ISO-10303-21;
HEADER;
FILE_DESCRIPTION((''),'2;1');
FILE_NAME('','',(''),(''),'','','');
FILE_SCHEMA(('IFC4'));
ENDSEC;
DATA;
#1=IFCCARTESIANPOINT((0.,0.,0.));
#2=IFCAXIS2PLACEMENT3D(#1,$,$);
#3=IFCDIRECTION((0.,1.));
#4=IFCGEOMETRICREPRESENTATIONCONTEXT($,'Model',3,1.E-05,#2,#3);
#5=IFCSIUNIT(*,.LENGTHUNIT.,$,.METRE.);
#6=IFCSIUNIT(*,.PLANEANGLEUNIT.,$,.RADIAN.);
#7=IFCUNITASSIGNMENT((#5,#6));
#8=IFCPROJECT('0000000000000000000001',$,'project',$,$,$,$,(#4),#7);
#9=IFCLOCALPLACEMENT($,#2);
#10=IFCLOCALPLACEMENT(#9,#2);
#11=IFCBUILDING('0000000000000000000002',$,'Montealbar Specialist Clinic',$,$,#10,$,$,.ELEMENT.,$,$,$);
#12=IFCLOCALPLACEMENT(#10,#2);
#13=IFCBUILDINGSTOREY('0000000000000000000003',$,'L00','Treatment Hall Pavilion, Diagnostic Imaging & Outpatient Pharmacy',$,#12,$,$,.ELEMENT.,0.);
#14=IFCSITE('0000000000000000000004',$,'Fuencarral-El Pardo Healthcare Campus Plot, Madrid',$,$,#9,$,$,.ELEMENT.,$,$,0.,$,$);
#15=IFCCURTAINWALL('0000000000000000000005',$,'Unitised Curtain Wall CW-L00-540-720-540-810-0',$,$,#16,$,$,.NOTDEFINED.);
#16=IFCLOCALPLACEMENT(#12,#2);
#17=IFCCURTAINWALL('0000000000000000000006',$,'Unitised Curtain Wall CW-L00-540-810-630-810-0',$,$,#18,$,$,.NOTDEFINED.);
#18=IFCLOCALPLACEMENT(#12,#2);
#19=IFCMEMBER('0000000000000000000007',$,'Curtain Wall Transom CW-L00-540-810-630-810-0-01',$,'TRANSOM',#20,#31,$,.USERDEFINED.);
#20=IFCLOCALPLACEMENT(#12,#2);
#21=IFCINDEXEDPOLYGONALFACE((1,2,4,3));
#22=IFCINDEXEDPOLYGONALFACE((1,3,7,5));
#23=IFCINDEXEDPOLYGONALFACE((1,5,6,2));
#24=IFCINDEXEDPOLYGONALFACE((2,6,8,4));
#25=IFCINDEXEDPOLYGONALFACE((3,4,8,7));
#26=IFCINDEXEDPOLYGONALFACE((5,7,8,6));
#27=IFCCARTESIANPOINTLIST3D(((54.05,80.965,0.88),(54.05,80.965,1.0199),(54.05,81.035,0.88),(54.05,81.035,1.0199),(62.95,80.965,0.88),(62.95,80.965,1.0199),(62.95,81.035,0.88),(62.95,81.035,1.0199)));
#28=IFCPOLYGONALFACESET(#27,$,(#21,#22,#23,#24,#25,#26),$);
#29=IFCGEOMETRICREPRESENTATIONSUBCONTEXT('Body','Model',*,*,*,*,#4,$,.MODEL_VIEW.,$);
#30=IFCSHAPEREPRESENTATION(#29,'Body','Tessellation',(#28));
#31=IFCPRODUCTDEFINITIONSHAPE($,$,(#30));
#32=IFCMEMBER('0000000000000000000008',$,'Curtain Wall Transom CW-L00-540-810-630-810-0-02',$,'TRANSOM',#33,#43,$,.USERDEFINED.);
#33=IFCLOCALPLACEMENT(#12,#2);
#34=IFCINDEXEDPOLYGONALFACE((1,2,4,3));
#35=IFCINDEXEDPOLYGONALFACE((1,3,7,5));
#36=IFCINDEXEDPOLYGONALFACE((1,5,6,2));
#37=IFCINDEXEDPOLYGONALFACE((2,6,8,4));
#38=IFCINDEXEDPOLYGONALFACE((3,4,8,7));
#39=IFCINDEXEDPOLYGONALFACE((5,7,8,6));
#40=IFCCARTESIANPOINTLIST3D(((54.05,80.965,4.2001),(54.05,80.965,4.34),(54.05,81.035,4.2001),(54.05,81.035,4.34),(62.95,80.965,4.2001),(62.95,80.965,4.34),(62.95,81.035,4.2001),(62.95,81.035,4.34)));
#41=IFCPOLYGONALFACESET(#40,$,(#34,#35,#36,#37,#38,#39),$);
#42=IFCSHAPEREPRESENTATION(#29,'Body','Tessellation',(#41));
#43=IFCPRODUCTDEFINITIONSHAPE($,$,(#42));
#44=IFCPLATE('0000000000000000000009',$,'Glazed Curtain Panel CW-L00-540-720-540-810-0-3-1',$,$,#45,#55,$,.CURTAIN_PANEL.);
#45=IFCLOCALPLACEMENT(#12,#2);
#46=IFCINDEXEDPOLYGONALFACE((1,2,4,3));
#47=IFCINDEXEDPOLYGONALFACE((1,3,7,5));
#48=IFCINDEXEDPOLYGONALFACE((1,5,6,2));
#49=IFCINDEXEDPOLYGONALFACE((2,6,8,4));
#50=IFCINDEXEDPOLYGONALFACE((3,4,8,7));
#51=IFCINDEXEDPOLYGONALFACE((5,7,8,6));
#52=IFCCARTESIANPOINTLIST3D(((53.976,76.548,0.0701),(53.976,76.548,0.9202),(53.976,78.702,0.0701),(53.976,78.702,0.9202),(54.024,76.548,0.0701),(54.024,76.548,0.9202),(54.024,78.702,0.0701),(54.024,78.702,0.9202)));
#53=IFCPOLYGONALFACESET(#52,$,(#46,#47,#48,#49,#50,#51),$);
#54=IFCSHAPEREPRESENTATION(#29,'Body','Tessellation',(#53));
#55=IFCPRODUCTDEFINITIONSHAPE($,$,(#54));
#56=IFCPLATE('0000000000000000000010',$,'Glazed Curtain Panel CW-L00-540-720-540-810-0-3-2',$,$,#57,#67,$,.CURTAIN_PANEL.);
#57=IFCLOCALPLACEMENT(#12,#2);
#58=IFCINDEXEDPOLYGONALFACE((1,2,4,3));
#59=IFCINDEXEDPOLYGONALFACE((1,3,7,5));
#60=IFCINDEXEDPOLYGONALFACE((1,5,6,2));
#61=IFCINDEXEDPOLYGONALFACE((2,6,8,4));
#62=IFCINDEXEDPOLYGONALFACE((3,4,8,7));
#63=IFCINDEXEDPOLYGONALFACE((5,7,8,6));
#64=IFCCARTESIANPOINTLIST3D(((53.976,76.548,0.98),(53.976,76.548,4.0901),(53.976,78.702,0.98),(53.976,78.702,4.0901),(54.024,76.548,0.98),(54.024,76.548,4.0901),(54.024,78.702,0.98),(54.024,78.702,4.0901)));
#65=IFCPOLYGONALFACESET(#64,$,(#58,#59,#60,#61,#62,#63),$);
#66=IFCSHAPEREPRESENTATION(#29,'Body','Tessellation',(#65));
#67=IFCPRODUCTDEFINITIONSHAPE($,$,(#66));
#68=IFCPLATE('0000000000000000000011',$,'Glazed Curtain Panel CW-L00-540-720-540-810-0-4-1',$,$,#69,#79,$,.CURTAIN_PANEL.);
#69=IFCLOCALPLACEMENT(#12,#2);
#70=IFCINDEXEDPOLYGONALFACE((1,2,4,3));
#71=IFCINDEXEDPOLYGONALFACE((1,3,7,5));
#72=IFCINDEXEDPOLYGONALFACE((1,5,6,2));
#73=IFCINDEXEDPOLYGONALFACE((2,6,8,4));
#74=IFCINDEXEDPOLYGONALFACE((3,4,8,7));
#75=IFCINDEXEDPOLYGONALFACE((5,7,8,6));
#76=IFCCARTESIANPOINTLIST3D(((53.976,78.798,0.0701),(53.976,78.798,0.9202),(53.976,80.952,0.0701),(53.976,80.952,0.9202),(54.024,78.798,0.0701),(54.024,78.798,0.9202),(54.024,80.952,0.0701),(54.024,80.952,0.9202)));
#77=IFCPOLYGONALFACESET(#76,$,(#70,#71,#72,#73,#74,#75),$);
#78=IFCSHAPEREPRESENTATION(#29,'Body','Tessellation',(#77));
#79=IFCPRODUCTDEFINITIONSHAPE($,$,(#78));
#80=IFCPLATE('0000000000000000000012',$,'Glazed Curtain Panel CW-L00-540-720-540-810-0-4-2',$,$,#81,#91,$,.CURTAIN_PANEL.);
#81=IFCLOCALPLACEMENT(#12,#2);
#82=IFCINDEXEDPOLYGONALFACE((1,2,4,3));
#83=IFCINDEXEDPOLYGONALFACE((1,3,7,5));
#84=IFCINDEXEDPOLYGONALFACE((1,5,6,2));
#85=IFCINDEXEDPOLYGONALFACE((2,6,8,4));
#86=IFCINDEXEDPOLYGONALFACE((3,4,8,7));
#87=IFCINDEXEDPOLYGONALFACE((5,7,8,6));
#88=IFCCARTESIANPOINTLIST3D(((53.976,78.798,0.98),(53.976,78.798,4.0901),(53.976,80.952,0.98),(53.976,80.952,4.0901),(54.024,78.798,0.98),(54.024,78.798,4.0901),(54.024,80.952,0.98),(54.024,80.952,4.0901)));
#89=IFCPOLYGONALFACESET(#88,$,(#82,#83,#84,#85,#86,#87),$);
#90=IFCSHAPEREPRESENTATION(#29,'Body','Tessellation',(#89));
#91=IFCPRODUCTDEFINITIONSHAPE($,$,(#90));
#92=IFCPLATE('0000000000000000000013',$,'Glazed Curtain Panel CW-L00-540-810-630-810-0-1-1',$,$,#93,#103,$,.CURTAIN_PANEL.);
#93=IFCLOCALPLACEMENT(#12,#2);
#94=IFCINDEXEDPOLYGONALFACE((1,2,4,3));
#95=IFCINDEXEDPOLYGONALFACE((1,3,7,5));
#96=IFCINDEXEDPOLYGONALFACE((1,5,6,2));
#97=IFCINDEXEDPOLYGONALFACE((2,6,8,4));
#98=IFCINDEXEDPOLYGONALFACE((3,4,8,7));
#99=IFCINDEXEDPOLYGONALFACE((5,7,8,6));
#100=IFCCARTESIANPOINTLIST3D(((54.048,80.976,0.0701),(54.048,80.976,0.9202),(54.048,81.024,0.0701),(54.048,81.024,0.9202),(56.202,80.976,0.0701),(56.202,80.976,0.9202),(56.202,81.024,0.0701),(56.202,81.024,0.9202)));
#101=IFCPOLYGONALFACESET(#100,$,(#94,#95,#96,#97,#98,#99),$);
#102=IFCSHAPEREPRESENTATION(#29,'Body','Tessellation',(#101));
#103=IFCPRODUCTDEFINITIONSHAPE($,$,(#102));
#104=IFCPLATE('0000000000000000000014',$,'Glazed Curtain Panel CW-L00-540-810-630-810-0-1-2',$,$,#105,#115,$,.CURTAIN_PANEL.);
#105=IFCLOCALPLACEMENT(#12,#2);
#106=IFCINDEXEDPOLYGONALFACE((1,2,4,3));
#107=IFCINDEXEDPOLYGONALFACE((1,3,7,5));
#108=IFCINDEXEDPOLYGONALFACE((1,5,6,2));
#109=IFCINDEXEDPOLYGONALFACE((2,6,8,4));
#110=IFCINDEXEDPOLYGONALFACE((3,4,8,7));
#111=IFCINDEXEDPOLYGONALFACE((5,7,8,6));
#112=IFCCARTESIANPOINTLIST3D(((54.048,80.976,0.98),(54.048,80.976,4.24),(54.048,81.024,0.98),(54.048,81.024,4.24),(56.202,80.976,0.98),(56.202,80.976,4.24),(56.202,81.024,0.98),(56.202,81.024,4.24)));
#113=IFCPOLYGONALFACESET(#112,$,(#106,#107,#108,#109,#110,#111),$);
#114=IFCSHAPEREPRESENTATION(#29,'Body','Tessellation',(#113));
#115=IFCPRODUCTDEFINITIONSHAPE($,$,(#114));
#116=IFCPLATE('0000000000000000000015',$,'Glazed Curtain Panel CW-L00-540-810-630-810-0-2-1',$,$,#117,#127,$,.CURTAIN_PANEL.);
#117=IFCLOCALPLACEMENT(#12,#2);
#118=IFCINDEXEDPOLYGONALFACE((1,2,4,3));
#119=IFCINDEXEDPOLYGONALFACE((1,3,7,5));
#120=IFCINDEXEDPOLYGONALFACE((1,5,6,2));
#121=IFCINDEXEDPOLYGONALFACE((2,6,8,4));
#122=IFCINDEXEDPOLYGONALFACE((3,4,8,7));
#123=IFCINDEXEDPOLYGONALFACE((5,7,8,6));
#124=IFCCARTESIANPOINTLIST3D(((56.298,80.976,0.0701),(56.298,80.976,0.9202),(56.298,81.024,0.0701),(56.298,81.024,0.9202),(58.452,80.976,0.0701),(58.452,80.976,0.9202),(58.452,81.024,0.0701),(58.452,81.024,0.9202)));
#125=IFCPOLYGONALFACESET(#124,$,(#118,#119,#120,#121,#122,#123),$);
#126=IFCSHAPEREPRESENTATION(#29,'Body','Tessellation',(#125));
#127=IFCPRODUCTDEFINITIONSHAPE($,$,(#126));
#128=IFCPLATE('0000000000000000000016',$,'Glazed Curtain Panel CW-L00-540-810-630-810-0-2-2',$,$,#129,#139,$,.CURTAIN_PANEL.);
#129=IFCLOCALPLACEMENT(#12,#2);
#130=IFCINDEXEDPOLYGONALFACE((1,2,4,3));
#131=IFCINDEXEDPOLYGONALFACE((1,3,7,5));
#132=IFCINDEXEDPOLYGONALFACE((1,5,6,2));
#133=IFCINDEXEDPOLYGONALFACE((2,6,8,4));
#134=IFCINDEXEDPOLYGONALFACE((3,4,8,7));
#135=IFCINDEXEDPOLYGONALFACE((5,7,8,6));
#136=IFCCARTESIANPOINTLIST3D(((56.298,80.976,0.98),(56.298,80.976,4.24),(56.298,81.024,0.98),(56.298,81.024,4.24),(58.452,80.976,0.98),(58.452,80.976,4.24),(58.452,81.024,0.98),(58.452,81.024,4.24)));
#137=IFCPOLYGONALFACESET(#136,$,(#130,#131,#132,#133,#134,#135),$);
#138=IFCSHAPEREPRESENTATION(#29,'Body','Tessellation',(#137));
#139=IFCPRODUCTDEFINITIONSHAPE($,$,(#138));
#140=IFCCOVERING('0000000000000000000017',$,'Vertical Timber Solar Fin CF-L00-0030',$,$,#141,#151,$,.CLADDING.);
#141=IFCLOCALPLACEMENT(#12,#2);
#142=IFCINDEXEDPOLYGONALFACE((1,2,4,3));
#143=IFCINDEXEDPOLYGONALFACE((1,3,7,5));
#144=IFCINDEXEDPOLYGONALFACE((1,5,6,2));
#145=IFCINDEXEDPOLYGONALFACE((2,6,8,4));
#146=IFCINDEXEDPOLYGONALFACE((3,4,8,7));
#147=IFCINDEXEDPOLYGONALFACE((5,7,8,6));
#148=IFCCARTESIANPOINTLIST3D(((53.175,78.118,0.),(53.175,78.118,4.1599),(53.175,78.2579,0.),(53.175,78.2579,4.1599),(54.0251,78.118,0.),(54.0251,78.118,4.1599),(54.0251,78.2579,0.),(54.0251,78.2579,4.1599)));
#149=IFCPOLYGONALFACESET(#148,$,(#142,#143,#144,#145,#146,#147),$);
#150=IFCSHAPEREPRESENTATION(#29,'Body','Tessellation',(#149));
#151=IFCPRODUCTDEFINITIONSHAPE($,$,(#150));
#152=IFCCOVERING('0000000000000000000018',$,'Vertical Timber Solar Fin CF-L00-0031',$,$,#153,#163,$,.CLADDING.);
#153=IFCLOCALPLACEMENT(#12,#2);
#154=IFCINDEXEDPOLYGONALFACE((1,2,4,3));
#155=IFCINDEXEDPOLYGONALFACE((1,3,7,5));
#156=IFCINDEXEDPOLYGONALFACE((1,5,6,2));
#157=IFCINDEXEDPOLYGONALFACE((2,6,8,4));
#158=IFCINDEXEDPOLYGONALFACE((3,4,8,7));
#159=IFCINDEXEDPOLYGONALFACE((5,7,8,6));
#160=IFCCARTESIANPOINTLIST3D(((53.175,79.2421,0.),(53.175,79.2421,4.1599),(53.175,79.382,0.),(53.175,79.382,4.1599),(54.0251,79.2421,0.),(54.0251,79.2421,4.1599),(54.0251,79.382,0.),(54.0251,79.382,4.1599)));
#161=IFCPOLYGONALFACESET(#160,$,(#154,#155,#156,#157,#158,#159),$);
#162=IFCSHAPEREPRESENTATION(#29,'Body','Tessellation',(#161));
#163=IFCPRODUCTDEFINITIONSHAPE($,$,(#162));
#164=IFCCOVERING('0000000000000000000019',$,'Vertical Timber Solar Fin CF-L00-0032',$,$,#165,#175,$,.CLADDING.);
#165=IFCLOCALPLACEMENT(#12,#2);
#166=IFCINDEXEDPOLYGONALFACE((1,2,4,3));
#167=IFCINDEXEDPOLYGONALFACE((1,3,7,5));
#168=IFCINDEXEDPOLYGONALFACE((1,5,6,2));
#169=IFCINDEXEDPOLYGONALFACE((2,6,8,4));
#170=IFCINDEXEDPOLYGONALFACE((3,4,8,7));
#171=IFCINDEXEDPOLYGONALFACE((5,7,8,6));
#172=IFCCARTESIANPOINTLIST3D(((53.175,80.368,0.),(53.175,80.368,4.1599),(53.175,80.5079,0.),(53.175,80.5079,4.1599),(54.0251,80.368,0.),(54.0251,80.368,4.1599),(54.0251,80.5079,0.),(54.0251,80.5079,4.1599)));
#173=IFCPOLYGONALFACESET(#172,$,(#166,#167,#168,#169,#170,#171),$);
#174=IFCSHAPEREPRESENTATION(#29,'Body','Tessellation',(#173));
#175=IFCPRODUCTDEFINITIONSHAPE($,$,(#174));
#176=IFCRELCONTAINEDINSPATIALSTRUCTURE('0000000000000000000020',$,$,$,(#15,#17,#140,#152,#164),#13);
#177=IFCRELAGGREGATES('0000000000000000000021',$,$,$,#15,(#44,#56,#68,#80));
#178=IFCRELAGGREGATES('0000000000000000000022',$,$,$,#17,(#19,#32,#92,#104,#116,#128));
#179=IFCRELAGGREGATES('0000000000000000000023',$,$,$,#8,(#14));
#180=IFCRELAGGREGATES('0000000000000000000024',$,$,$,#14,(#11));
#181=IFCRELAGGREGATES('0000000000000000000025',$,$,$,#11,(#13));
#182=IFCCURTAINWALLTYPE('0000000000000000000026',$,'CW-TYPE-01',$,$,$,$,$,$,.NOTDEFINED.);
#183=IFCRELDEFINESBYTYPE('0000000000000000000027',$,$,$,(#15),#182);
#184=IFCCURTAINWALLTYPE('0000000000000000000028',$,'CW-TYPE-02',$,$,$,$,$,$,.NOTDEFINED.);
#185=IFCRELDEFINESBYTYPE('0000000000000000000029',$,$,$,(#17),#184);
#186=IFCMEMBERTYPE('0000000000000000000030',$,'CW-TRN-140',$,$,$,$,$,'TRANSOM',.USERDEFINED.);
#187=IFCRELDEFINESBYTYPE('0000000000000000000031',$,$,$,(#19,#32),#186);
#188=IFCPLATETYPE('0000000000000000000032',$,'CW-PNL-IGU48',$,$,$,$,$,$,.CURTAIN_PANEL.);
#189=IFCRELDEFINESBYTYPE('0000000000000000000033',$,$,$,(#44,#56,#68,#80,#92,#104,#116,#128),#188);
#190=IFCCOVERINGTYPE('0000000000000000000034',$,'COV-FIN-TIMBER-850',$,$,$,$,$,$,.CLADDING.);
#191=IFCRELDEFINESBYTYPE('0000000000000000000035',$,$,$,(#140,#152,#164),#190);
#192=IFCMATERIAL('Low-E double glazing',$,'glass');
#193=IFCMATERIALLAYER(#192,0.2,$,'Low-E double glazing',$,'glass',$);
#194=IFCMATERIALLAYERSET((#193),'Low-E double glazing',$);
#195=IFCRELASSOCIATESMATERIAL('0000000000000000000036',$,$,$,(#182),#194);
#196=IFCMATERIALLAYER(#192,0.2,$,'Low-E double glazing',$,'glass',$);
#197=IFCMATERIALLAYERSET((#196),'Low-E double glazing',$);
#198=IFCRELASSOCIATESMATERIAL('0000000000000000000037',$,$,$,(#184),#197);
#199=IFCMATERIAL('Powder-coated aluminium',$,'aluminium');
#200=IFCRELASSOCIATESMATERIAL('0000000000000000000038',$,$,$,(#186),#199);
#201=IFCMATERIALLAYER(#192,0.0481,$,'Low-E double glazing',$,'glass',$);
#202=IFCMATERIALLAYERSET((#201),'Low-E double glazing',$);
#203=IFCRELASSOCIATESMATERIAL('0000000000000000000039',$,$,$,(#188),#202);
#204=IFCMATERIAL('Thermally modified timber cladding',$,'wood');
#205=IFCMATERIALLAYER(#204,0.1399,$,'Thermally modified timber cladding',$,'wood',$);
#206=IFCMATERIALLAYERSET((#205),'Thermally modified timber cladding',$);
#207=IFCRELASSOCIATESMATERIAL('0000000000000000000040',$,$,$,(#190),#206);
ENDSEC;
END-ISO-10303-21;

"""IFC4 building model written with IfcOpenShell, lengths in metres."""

from ifc_helpers import new_model, si_unit, direction, frame, origin, origin_2d, place, context, subcontext, project, spatial, rectangle, extrude, material, layer, layer_set, material_profile, profile_set, type_object, element, aggregate, save


model = new_model("IFC4")

# Units and contexts
model_context = context("Model", 3, precision=1e-05, world=origin(), true_north=direction((0.0, 1.0)))
body_context = subcontext(model_context, "Body", "Model", "MODEL_VIEW")
ifc_project = project(units=[si_unit("LENGTHUNIT", "METRE"), si_unit("PLANEANGLEUNIT", "RADIAN")], contexts=[model_context])

# Site, building, storey
site_placement = place(None, origin())
site = spatial("IfcSite", under=ifc_project, at=site_placement, Name="Fuencarral-El Pardo Healthcare Campus Plot, Madrid", CompositionType="ELEMENT", RefElevation=0.0)
building_placement = place(site_placement, origin())
building = spatial("IfcBuilding", under=site, at=building_placement, Name="Montealbar Specialist Clinic", CompositionType="ELEMENT")
storey_placement = place(building_placement, origin())
storey = spatial("IfcBuildingStorey", under=building, at=storey_placement, Name="L00", Description="Treatment Hall Pavilion, Diagnostic Imaging & Outpatient Pharmacy", CompositionType="ELEMENT", Elevation=0.0)

# Curtain walls, members
ifc_material_1 = material(Name="Low-E double glazing", Category="glass")
ifc_layer_1 = layer(ifc_material_1, 0.2, Name="Low-E double glazing", Category="glass")
ifc_layer_set_1 = layer_set([ifc_layer_1], Name="Low-E double glazing")
curtain_wall_type_1 = type_object("IfcCurtainWallType", Name="CW-TYPE-01", PredefinedType="NOTDEFINED", material=ifc_layer_set_1)
curtain_wall_1_placement = place(storey_placement, origin())
curtain_wall_1 = element("IfcCurtainWall", 1, at=curtain_wall_1_placement, inside=storey, type_object=curtain_wall_type_1, Name="Unitised Curtain Wall CW-L00-540-720-540-810-0", PredefinedType="NOTDEFINED")
ifc_layer_2 = layer(ifc_material_1, 0.2, Name="Low-E double glazing", Category="glass")
ifc_layer_set_2 = layer_set([ifc_layer_2], Name="Low-E double glazing")
curtain_wall_type_2 = type_object("IfcCurtainWallType", Name="CW-TYPE-02", PredefinedType="NOTDEFINED", material=ifc_layer_set_2)
curtain_wall_2_placement = place(storey_placement, origin())
curtain_wall_2 = element("IfcCurtainWall", 2, at=curtain_wall_2_placement, inside=storey, type_object=curtain_wall_type_2, Name="Unitised Curtain Wall CW-L00-540-810-630-810-0", PredefinedType="NOTDEFINED")
ifc_material_2 = material(Name="Powder-coated aluminium", Category="aluminium")
ifc_material_profile_1 = material_profile(ifc_material_2, rectangle(XDim=0.0701, YDim=0.1399, at=origin_2d()), Name="ALU 70x140", Category="aluminium")
ifc_profile_set_1 = profile_set([ifc_material_profile_1], Name="Powder-coated aluminium")
member_type_1 = type_object("IfcMemberType", Name="CW-TRN-140", ElementType="TRANSOM", PredefinedType="USERDEFINED", material=ifc_profile_set_1)
member_1_placement = place(storey_placement, frame((54.05, 81.0, 0.95), z_axis=(1.0, 0.0, 0.0), x_axis=(0.0, 1.0, 0.0)))
member_1 = element("IfcMember", 3, at=member_1_placement, type_object=member_type_1, Name="Curtain Wall Transom CW-L00-540-810-630-810-0-01", ObjectType="TRANSOM", PredefinedType="USERDEFINED", context=body_context, shape_type="SweptSolid", body=[
    extrude(rectangle(XDim=0.0701, YDim=0.1399, at=origin_2d()), origin(), (0.0, 0.0, 1.0), 8.8999),
])
member_2_placement = place(storey_placement, frame((54.05, 81.0, 4.27), z_axis=(1.0, 0.0, 0.0), x_axis=(0.0, 1.0, 0.0)))
member_2 = element("IfcMember", 4, at=member_2_placement, type_object=member_type_1, Name="Curtain Wall Transom CW-L00-540-810-630-810-0-02", ObjectType="TRANSOM", PredefinedType="USERDEFINED", context=body_context, shape_type="SweptSolid", body=[
    extrude(rectangle(XDim=0.0701, YDim=0.1399, at=origin_2d()), origin(), (0.0, 0.0, 1.0), 8.8999),
])

# Plates
ifc_layer_3 = layer(ifc_material_1, 0.0481, Name="Low-E double glazing", Category="glass")
ifc_layer_set_3 = layer_set([ifc_layer_3], Name="Low-E double glazing")
plate_type = type_object("IfcPlateType", Name="CW-PNL-IGU48", PredefinedType="CURTAIN_PANEL", material=ifc_layer_set_3)
plate_1_placement = place(storey_placement, frame((54.0, 77.625, 0.0701), z_axis=(0.0, 0.0, 1.0), x_axis=(0.0, 1.0, 0.0)))
plate_1 = element("IfcPlate", 5, at=plate_1_placement, type_object=plate_type, Name="Glazed Curtain Panel CW-L00-540-720-540-810-0-3-1", PredefinedType="CURTAIN_PANEL", context=body_context, shape_type="SweptSolid", body=[
    extrude(rectangle(XDim=2.1541, YDim=0.0481, at=origin_2d()), origin(), (0.0, 0.0, 1.0), 0.8501),
])
plate_2_placement = place(storey_placement, frame((54.0, 77.625, 0.98), z_axis=(0.0, 0.0, 1.0), x_axis=(0.0, 1.0, 0.0)))
plate_2 = element("IfcPlate", 6, at=plate_2_placement, type_object=plate_type, Name="Glazed Curtain Panel CW-L00-540-720-540-810-0-3-2", PredefinedType="CURTAIN_PANEL", context=body_context, shape_type="SweptSolid", body=[
    extrude(rectangle(XDim=2.1541, YDim=0.0481, at=origin_2d()), origin(), (0.0, 0.0, 1.0), 3.1101),
])
plate_3_placement = place(storey_placement, frame((54.0, 79.875, 0.0701), z_axis=(0.0, 0.0, 1.0), x_axis=(0.0, 1.0, 0.0)))
plate_3 = element("IfcPlate", 7, at=plate_3_placement, type_object=plate_type, Name="Glazed Curtain Panel CW-L00-540-720-540-810-0-4-1", PredefinedType="CURTAIN_PANEL", context=body_context, shape_type="SweptSolid", body=[
    extrude(rectangle(XDim=2.1541, YDim=0.0481, at=origin_2d()), origin(), (0.0, 0.0, 1.0), 0.8501),
])
plate_4_placement = place(storey_placement, frame((54.0, 79.875, 0.98), z_axis=(0.0, 0.0, 1.0), x_axis=(0.0, 1.0, 0.0)))
plate_4 = element("IfcPlate", 8, at=plate_4_placement, type_object=plate_type, Name="Glazed Curtain Panel CW-L00-540-720-540-810-0-4-2", PredefinedType="CURTAIN_PANEL", context=body_context, shape_type="SweptSolid", body=[
    extrude(rectangle(XDim=2.1541, YDim=0.0481, at=origin_2d()), origin(), (0.0, 0.0, 1.0), 3.1101),
])
aggregate(curtain_wall_1, [plate_1, plate_2, plate_3, plate_4])
plate_5_placement = place(storey_placement, frame((55.125, 81.0, 0.0701), z_axis=(0.0, 0.0, 1.0), x_axis=(1.0, 0.0, 0.0)))
plate_5 = element("IfcPlate", 9, at=plate_5_placement, type_object=plate_type, Name="Glazed Curtain Panel CW-L00-540-810-630-810-0-1-1", PredefinedType="CURTAIN_PANEL", context=body_context, shape_type="SweptSolid", body=[
    extrude(rectangle(XDim=2.1541, YDim=0.0481, at=origin_2d()), origin(), (0.0, 0.0, 1.0), 0.8501),
])
plate_6_placement = place(storey_placement, frame((55.125, 81.0, 0.98), z_axis=(0.0, 0.0, 1.0), x_axis=(1.0, 0.0, 0.0)))
plate_6 = element("IfcPlate", 10, at=plate_6_placement, type_object=plate_type, Name="Glazed Curtain Panel CW-L00-540-810-630-810-0-1-2", PredefinedType="CURTAIN_PANEL", context=body_context, shape_type="SweptSolid", body=[
    extrude(rectangle(XDim=2.1541, YDim=0.0481, at=origin_2d()), origin(), (0.0, 0.0, 1.0), 3.26),
])
plate_7_placement = place(storey_placement, frame((57.375, 81.0, 0.0701), z_axis=(0.0, 0.0, 1.0), x_axis=(1.0, 0.0, 0.0)))
plate_7 = element("IfcPlate", 11, at=plate_7_placement, type_object=plate_type, Name="Glazed Curtain Panel CW-L00-540-810-630-810-0-2-1", PredefinedType="CURTAIN_PANEL", context=body_context, shape_type="SweptSolid", body=[
    extrude(rectangle(XDim=2.1541, YDim=0.0481, at=origin_2d()), origin(), (0.0, 0.0, 1.0), 0.8501),
])
plate_8_placement = place(storey_placement, frame((57.375, 81.0, 0.98), z_axis=(0.0, 0.0, 1.0), x_axis=(1.0, 0.0, 0.0)))
plate_8 = element("IfcPlate", 12, at=plate_8_placement, type_object=plate_type, Name="Glazed Curtain Panel CW-L00-540-810-630-810-0-2-2", PredefinedType="CURTAIN_PANEL", context=body_context, shape_type="SweptSolid", body=[
    extrude(rectangle(XDim=2.1541, YDim=0.0481, at=origin_2d()), origin(), (0.0, 0.0, 1.0), 3.26),
])
aggregate(curtain_wall_2, [member_1, member_2, plate_5, plate_6, plate_7, plate_8])

# Coverings
ifc_material_3 = material(Name="Thermally modified timber cladding", Category="wood")
ifc_layer_4 = layer(ifc_material_3, 0.1399, Name="Thermally modified timber cladding", Category="wood")
ifc_layer_set_4 = layer_set([ifc_layer_4], Name="Thermally modified timber cladding")
covering_type = type_object("IfcCoveringType", Name="COV-FIN-TIMBER-850", PredefinedType="CLADDING", material=ifc_layer_set_4)
for number, where, z_axis, x_axis, name in (
    (13, (53.6001, 78.188, 0.0), (0.0, 0.0, 1.0), (-1.0, 0.0, 0.0), "Vertical Timber Solar Fin CF-L00-0030"),
    (14, (53.6001, 79.312, 0.0), (0.0, 0.0, 1.0), (-1.0, 0.0, 0.0), "Vertical Timber Solar Fin CF-L00-0031"),
    (15, (53.6001, 80.438, 0.0), (0.0, 0.0, 1.0), (-1.0, 0.0, 0.0), "Vertical Timber Solar Fin CF-L00-0032"),
):
    element("IfcCovering", number, at=place(storey_placement, frame(where, z_axis=z_axis, x_axis=x_axis)), inside=storey, type_object=covering_type, Name=name, PredefinedType="CLADDING", context=body_context, shape_type="SweptSolid", body=[
        extrude(rectangle(XDim=0.8501, YDim=0.1399, at=origin_2d()), origin(), (0.0, 0.0, 1.0), 4.1599),
    ])

save(model, "model.ifc")
